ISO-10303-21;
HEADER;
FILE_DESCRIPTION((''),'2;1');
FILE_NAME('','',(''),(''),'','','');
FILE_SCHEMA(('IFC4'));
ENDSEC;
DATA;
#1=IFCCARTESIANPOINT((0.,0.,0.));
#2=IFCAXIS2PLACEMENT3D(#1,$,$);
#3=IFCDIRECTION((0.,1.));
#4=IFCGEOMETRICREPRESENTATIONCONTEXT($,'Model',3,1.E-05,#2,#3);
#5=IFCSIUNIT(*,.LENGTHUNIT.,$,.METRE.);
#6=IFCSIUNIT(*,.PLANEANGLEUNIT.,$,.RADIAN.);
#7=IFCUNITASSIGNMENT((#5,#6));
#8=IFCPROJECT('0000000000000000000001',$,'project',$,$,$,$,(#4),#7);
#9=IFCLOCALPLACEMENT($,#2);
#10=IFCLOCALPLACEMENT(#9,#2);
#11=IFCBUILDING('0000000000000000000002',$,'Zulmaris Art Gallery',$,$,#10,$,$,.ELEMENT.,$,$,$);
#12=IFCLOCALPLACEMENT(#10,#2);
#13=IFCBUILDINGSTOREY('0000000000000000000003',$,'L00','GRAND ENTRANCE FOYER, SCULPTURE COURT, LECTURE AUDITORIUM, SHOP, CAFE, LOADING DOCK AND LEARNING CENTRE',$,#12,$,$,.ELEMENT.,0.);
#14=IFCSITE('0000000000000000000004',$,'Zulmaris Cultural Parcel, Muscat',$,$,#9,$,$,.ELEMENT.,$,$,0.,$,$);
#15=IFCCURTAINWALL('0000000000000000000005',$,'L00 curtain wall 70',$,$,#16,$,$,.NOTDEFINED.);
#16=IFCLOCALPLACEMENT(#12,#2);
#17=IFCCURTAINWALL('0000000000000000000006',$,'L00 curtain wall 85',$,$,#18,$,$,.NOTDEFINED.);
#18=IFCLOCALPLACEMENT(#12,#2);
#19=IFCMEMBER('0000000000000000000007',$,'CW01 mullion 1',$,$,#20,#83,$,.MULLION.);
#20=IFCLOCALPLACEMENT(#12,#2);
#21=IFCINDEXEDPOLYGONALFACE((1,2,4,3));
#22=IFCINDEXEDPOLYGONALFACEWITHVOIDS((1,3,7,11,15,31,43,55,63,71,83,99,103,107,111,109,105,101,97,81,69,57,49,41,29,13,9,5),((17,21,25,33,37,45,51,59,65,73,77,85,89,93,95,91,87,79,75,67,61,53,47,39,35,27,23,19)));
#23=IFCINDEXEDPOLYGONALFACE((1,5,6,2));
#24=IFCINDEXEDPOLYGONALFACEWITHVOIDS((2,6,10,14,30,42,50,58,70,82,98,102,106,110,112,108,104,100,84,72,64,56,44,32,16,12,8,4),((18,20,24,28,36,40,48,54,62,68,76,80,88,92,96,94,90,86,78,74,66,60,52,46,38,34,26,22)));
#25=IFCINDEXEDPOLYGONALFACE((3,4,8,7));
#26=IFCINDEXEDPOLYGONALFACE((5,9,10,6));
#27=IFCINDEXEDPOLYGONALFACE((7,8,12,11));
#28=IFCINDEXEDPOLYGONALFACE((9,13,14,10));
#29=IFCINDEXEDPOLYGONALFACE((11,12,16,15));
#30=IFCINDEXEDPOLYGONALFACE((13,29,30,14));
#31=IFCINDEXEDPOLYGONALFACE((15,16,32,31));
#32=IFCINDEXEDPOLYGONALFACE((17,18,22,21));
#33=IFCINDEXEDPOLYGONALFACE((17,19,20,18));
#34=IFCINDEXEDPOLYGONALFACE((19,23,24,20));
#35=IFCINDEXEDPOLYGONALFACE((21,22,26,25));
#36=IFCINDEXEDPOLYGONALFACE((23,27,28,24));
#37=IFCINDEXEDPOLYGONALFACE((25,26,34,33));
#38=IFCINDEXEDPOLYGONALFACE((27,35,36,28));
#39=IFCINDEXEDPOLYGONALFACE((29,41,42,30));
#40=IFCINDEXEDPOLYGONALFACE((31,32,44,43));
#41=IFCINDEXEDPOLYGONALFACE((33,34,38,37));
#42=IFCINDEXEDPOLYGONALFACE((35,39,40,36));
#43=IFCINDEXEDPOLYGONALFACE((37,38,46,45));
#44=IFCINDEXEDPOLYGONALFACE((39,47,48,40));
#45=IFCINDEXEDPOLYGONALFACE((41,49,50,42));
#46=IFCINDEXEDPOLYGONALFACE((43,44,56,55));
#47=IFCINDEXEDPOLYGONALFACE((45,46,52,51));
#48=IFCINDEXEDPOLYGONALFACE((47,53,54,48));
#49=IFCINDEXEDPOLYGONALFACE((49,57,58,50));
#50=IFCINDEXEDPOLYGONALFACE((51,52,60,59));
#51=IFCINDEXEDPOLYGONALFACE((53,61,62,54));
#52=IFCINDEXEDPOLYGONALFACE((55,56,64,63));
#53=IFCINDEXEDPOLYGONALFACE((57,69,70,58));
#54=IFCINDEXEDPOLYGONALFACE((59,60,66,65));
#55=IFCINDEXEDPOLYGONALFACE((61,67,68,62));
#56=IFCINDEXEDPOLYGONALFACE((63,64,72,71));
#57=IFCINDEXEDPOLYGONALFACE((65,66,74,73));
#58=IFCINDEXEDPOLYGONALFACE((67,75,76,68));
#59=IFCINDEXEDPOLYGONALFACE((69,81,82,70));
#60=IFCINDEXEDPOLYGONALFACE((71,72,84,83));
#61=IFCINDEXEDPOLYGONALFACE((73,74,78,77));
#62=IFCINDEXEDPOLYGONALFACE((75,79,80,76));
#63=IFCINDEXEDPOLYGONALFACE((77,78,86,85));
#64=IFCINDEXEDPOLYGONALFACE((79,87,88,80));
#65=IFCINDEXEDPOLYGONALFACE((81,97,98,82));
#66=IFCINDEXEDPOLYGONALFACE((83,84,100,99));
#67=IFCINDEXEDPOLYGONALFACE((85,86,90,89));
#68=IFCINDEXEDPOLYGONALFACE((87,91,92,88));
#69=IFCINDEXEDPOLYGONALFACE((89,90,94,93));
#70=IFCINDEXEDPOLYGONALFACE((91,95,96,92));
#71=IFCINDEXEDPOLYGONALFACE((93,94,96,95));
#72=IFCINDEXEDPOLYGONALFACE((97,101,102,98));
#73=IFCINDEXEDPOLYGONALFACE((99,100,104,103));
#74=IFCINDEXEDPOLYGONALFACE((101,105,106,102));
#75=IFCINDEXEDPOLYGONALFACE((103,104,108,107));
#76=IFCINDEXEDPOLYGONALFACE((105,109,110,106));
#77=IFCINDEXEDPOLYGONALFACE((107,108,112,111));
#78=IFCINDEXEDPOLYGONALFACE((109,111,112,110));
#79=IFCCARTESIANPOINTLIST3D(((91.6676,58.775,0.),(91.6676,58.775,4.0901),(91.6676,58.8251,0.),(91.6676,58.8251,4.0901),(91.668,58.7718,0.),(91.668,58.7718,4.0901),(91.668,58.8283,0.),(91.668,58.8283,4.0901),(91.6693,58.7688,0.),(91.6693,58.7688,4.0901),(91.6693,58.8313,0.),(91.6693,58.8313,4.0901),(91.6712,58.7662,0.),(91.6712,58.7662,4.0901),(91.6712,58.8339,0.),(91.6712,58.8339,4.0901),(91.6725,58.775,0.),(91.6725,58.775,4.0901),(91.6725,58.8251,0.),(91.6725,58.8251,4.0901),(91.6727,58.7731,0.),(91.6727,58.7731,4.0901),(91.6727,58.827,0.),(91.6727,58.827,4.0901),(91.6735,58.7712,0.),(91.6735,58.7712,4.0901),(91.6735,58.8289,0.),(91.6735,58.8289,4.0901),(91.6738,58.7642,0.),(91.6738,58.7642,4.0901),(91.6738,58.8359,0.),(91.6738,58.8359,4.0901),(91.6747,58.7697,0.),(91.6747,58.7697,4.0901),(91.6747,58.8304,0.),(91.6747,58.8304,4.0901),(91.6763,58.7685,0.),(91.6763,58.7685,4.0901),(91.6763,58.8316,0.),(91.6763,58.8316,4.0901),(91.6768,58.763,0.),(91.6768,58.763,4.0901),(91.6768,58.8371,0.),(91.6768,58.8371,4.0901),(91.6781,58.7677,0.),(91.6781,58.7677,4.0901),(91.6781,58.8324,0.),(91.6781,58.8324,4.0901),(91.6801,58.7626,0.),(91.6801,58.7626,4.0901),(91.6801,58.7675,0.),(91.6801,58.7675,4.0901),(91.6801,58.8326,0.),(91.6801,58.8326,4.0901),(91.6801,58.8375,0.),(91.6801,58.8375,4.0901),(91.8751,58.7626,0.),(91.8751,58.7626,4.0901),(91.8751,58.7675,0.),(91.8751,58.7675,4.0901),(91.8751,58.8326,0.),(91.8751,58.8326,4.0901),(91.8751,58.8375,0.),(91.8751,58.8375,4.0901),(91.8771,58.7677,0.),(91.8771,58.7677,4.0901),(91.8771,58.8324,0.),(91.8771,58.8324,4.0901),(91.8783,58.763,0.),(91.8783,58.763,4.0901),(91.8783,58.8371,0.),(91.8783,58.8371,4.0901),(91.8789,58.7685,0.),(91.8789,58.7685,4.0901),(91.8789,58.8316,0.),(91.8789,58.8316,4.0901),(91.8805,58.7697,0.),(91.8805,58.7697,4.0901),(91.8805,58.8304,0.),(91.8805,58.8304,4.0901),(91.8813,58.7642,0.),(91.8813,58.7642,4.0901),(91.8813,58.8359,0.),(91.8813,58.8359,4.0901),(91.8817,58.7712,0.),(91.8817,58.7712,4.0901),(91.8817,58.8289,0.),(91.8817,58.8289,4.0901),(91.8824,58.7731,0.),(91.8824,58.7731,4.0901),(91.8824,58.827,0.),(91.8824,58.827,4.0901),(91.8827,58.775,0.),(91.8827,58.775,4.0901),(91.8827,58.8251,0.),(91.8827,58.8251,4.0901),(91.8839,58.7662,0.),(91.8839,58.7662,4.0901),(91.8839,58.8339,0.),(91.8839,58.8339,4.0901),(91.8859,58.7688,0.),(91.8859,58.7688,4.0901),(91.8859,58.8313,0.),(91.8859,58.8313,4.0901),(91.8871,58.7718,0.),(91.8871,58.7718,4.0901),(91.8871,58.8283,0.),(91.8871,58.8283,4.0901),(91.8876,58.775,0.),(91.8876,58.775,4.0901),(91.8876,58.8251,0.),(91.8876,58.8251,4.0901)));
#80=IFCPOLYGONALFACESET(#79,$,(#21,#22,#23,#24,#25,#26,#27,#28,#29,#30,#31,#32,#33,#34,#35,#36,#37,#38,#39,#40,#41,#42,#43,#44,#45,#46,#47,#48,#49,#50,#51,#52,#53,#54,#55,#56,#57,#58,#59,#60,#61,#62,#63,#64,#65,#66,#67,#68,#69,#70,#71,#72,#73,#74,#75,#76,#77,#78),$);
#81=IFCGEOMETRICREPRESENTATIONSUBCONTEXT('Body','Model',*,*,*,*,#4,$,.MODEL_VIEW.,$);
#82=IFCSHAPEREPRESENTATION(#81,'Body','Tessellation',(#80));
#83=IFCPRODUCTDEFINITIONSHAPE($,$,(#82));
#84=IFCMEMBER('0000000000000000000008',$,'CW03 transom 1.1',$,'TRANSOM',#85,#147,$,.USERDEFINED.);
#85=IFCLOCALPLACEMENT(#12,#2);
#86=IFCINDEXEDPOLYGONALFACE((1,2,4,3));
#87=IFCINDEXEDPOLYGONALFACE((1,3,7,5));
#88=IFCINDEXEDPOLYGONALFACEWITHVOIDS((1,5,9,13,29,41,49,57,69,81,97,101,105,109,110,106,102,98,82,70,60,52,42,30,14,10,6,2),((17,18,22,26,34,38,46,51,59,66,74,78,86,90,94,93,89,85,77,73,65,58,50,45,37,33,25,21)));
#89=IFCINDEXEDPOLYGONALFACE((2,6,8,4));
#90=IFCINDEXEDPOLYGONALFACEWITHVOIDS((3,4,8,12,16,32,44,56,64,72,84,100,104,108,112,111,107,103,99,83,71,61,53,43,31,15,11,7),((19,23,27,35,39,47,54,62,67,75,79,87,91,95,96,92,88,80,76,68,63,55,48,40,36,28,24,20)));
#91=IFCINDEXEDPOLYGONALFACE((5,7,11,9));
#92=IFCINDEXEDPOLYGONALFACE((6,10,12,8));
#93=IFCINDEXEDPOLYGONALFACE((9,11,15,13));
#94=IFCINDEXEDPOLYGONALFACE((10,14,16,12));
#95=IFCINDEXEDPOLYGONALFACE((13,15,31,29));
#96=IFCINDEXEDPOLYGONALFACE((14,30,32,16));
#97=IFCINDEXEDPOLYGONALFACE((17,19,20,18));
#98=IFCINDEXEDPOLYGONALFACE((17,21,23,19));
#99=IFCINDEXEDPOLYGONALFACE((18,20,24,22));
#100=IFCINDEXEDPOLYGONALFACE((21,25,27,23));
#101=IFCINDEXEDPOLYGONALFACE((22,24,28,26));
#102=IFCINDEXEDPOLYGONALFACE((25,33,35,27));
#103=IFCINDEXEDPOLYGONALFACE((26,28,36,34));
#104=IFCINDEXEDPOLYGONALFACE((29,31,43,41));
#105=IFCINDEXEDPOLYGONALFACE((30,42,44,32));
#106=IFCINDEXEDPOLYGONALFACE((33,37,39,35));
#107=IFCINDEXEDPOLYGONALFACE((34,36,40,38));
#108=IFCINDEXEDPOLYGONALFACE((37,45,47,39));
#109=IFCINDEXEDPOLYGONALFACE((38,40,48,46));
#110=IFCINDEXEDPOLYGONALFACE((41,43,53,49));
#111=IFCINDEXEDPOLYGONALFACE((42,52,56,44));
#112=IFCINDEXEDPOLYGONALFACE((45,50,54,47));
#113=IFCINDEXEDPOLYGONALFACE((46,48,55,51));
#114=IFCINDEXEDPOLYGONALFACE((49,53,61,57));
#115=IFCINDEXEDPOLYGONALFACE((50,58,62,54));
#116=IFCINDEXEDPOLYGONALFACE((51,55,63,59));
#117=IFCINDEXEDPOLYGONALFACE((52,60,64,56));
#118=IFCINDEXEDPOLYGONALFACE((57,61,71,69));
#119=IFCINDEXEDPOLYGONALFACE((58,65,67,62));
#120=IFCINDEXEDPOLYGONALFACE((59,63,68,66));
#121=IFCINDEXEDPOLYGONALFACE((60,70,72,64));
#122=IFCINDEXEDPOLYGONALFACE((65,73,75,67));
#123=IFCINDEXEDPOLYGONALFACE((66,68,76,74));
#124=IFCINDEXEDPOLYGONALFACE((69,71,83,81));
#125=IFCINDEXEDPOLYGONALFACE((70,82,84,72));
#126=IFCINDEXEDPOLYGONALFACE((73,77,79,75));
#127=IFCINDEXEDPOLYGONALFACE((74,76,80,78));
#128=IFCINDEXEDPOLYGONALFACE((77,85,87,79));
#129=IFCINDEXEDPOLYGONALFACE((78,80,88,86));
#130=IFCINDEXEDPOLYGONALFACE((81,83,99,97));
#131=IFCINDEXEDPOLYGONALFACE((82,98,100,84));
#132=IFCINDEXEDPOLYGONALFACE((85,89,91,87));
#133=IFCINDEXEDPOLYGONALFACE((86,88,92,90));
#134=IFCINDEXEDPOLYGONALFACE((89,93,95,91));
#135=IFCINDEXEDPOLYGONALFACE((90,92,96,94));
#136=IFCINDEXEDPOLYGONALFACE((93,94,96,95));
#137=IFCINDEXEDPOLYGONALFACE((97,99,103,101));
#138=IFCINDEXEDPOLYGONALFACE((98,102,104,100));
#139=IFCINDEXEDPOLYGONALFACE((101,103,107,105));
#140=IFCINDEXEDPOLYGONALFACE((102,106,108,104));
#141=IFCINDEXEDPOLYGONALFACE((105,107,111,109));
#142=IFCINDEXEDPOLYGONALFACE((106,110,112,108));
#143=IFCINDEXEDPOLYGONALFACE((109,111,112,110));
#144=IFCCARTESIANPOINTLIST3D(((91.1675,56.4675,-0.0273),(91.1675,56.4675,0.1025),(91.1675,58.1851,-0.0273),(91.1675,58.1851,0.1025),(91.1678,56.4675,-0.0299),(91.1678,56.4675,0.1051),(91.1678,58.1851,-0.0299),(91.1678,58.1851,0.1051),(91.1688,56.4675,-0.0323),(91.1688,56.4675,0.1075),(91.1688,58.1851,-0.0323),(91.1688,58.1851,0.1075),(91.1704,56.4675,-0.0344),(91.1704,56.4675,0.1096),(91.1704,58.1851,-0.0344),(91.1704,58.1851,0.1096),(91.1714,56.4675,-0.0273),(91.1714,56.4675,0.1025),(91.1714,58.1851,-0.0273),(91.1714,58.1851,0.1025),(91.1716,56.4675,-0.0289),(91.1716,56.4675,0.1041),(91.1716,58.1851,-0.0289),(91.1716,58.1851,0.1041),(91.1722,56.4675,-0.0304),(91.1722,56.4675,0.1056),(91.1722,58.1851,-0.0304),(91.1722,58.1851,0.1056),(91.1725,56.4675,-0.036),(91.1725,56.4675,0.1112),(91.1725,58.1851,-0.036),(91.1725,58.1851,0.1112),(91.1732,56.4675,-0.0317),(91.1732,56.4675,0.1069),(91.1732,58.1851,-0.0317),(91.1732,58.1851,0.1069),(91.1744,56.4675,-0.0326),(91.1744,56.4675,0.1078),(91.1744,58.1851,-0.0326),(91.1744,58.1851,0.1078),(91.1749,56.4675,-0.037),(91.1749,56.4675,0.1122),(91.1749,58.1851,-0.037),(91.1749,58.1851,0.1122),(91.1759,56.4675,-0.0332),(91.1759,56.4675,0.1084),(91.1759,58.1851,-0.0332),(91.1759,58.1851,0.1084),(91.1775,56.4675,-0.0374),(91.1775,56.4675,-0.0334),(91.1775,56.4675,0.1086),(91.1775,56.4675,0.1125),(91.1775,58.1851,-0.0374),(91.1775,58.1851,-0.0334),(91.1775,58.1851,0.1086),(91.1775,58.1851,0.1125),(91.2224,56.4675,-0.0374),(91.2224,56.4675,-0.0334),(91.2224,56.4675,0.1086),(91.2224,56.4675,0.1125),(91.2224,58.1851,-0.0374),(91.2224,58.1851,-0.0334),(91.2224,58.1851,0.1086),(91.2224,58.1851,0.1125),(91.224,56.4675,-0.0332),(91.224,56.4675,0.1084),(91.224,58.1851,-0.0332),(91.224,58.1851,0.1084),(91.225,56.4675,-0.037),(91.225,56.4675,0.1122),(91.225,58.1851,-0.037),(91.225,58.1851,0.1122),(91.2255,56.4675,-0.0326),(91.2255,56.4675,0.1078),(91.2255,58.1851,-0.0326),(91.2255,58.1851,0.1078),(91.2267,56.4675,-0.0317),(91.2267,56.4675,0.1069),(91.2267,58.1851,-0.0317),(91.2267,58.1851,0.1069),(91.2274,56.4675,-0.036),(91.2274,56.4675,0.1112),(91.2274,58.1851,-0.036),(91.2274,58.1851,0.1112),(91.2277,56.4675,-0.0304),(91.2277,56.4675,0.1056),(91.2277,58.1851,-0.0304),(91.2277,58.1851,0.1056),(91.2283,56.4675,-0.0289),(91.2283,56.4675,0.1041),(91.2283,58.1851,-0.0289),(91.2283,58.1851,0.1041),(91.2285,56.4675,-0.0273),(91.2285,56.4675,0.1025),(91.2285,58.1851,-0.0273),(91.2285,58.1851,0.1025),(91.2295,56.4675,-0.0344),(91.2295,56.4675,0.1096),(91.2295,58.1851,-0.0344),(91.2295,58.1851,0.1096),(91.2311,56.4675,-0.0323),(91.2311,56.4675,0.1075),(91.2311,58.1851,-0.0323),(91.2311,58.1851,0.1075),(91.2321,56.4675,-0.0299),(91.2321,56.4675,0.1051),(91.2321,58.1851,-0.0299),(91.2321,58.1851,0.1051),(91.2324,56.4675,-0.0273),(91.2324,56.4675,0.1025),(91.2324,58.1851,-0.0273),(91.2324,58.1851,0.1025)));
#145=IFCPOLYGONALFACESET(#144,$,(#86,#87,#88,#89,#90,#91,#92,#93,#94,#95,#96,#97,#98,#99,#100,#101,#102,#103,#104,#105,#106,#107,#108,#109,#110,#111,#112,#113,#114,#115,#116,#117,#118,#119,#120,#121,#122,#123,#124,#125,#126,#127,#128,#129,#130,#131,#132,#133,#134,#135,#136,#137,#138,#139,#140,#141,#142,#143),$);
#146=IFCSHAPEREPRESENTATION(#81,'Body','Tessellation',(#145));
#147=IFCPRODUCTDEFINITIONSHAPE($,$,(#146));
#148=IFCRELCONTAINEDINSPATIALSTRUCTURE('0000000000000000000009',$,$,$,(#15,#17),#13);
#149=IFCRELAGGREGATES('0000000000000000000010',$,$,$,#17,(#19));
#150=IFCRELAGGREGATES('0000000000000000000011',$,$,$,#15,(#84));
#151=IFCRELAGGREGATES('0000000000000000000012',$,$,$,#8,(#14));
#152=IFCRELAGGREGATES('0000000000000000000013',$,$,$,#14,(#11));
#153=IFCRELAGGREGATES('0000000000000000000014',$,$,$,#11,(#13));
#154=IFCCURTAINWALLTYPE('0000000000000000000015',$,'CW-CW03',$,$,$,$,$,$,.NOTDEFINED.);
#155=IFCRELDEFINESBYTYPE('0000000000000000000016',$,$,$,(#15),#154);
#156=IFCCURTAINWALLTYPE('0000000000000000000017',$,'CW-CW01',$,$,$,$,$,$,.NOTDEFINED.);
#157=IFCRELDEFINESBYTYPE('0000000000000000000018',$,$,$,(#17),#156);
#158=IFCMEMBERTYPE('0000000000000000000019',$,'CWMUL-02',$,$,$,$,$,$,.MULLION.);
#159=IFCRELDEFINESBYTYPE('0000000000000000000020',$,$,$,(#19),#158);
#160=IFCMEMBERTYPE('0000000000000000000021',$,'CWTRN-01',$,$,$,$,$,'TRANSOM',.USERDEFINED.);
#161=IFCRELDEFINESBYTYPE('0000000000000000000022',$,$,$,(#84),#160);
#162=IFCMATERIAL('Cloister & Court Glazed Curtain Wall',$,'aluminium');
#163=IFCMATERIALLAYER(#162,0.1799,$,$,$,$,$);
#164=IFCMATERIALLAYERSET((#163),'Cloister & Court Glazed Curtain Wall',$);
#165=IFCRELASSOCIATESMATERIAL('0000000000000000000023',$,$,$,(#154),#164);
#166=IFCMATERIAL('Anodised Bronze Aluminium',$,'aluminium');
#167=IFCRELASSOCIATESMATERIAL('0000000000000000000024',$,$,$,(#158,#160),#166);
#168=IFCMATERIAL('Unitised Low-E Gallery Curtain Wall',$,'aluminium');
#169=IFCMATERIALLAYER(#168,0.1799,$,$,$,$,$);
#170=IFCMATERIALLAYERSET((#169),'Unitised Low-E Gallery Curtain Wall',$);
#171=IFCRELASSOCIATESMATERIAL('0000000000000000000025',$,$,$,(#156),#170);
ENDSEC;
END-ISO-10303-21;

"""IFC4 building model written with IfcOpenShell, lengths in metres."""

from ifc_helpers import new_model, si_unit, direction, frame, origin, origin_2d, place, context, subcontext, project, spatial, hollow_rectangle, extrude, material, layer, layer_set, material_profile, profile_set, type_object, element, aggregate, save


model = new_model("IFC4")

# Units and contexts
model_context = context("Model", 3, precision=1e-05, world=origin(), true_north=direction((0.0, 1.0)))
body_context = subcontext(model_context, "Body", "Model", "MODEL_VIEW")
ifc_project = project(units=[si_unit("LENGTHUNIT", "METRE"), si_unit("PLANEANGLEUNIT", "RADIAN")], contexts=[model_context])

# Site, building, storey
site_placement = place(None, origin())
site = spatial("IfcSite", under=ifc_project, at=site_placement, Name="Zulmaris Cultural Parcel, Muscat", CompositionType="ELEMENT", RefElevation=0.0)
building_placement = place(site_placement, origin())
building = spatial("IfcBuilding", under=site, at=building_placement, Name="Zulmaris Art Gallery", CompositionType="ELEMENT")
storey_placement = place(building_placement, origin())
storey = spatial("IfcBuildingStorey", under=building, at=storey_placement, Name="L00", Description="GRAND ENTRANCE FOYER, SCULPTURE COURT, LECTURE AUDITORIUM, SHOP, CAFE, LOADING DOCK AND LEARNING CENTRE", CompositionType="ELEMENT", Elevation=0.0)

# Shared definitions
ifc_material_1 = material(Name="Cloister & Court Glazed Curtain Wall", Category="aluminium")
ifc_layer_1 = layer(ifc_material_1, 0.1799)
ifc_layer_set_1 = layer_set([ifc_layer_1], Name="Cloister & Court Glazed Curtain Wall")
curtain_wall_type_1 = type_object("IfcCurtainWallType", Name="CW-CW03", PredefinedType="NOTDEFINED", material=ifc_layer_set_1)
ifc_material_2 = material(Name="Anodised Bronze Aluminium", Category="aluminium")
ifc_material_profile_1 = material_profile(ifc_material_2, hollow_rectangle(XDim=0.075, YDim=0.22, WallThickness=0.0049, InnerFilletRadius=0.0076, OuterFilletRadius=0.0125, at=origin_2d()), Name="ALU 75x220x5")
ifc_profile_set_1 = profile_set([ifc_material_profile_1], Name="Anodised Bronze Aluminium")
member_type_1 = type_object("IfcMemberType", Name="CWMUL-02", PredefinedType="MULLION", material=ifc_profile_set_1)

# Curtain wall
curtain_wall_1_placement = place(storey_placement, origin())
curtain_wall_1 = element("IfcCurtainWall", 1, at=curtain_wall_1_placement, inside=storey, type_object=curtain_wall_type_1, Name="L00 curtain wall 70", PredefinedType="NOTDEFINED")

# Curtain wall, member
ifc_material_3 = material(Name="Unitised Low-E Gallery Curtain Wall", Category="aluminium")
ifc_layer_2 = layer(ifc_material_3, 0.1799)
ifc_layer_set_2 = layer_set([ifc_layer_2], Name="Unitised Low-E Gallery Curtain Wall")
curtain_wall_type_2 = type_object("IfcCurtainWallType", Name="CW-CW01", PredefinedType="NOTDEFINED", material=ifc_layer_set_2)
curtain_wall_2_placement = place(storey_placement, origin())
curtain_wall_2 = element("IfcCurtainWall", 2, at=curtain_wall_2_placement, inside=storey, type_object=curtain_wall_type_2, Name="L00 curtain wall 85", PredefinedType="NOTDEFINED")
member_1_placement = place(storey_placement, frame((91.7776, 58.8, 0.0), z_axis=(0.0, 0.0, 1.0), x_axis=(0.0, 1.0, 0.0)))
member_1 = element("IfcMember", 3, at=member_1_placement, type_object=member_type_1, Name="CW01 mullion 1", PredefinedType="MULLION", context=body_context, shape_type="SweptSolid", body=[
    extrude(hollow_rectangle(XDim=0.075, YDim=0.22, WallThickness=0.0049, InnerFilletRadius=0.0076, OuterFilletRadius=0.0125, at=origin_2d()), origin(), (0.0, 0.0, 1.0), 4.0901),
])

# Member
ifc_material_profile_2 = material_profile(ifc_material_2, hollow_rectangle(XDim=0.0649, YDim=0.1499, WallThickness=0.0039, InnerFilletRadius=0.0061, OuterFilletRadius=0.01, at=origin_2d()), Name="ALU 65x150x4")
ifc_profile_set_2 = profile_set([ifc_material_profile_2], Name="Anodised Bronze Aluminium")
member_type_2 = type_object("IfcMemberType", Name="CWTRN-01", ElementType="TRANSOM", PredefinedType="USERDEFINED", material=ifc_profile_set_2)
member_2_placement = place(storey_placement, frame((91.2, 58.1851, 0.0376), z_axis=(0.0, -1.0, 0.0), x_axis=(1.0, 0.0, 0.0)))
member_2 = element("IfcMember", 4, at=member_2_placement, type_object=member_type_2, Name="CW03 transom 1.1", ObjectType="TRANSOM", PredefinedType="USERDEFINED", context=body_context, shape_type="SweptSolid", body=[
    extrude(hollow_rectangle(XDim=0.0649, YDim=0.1499, WallThickness=0.0039, InnerFilletRadius=0.0061, OuterFilletRadius=0.01, at=origin_2d()), origin(), (0.0, 0.0, 1.0), 1.7175),
])
aggregate(curtain_wall_2, [member_1])

aggregate(curtain_wall_1, [member_2])

save(model, "model.ifc")
